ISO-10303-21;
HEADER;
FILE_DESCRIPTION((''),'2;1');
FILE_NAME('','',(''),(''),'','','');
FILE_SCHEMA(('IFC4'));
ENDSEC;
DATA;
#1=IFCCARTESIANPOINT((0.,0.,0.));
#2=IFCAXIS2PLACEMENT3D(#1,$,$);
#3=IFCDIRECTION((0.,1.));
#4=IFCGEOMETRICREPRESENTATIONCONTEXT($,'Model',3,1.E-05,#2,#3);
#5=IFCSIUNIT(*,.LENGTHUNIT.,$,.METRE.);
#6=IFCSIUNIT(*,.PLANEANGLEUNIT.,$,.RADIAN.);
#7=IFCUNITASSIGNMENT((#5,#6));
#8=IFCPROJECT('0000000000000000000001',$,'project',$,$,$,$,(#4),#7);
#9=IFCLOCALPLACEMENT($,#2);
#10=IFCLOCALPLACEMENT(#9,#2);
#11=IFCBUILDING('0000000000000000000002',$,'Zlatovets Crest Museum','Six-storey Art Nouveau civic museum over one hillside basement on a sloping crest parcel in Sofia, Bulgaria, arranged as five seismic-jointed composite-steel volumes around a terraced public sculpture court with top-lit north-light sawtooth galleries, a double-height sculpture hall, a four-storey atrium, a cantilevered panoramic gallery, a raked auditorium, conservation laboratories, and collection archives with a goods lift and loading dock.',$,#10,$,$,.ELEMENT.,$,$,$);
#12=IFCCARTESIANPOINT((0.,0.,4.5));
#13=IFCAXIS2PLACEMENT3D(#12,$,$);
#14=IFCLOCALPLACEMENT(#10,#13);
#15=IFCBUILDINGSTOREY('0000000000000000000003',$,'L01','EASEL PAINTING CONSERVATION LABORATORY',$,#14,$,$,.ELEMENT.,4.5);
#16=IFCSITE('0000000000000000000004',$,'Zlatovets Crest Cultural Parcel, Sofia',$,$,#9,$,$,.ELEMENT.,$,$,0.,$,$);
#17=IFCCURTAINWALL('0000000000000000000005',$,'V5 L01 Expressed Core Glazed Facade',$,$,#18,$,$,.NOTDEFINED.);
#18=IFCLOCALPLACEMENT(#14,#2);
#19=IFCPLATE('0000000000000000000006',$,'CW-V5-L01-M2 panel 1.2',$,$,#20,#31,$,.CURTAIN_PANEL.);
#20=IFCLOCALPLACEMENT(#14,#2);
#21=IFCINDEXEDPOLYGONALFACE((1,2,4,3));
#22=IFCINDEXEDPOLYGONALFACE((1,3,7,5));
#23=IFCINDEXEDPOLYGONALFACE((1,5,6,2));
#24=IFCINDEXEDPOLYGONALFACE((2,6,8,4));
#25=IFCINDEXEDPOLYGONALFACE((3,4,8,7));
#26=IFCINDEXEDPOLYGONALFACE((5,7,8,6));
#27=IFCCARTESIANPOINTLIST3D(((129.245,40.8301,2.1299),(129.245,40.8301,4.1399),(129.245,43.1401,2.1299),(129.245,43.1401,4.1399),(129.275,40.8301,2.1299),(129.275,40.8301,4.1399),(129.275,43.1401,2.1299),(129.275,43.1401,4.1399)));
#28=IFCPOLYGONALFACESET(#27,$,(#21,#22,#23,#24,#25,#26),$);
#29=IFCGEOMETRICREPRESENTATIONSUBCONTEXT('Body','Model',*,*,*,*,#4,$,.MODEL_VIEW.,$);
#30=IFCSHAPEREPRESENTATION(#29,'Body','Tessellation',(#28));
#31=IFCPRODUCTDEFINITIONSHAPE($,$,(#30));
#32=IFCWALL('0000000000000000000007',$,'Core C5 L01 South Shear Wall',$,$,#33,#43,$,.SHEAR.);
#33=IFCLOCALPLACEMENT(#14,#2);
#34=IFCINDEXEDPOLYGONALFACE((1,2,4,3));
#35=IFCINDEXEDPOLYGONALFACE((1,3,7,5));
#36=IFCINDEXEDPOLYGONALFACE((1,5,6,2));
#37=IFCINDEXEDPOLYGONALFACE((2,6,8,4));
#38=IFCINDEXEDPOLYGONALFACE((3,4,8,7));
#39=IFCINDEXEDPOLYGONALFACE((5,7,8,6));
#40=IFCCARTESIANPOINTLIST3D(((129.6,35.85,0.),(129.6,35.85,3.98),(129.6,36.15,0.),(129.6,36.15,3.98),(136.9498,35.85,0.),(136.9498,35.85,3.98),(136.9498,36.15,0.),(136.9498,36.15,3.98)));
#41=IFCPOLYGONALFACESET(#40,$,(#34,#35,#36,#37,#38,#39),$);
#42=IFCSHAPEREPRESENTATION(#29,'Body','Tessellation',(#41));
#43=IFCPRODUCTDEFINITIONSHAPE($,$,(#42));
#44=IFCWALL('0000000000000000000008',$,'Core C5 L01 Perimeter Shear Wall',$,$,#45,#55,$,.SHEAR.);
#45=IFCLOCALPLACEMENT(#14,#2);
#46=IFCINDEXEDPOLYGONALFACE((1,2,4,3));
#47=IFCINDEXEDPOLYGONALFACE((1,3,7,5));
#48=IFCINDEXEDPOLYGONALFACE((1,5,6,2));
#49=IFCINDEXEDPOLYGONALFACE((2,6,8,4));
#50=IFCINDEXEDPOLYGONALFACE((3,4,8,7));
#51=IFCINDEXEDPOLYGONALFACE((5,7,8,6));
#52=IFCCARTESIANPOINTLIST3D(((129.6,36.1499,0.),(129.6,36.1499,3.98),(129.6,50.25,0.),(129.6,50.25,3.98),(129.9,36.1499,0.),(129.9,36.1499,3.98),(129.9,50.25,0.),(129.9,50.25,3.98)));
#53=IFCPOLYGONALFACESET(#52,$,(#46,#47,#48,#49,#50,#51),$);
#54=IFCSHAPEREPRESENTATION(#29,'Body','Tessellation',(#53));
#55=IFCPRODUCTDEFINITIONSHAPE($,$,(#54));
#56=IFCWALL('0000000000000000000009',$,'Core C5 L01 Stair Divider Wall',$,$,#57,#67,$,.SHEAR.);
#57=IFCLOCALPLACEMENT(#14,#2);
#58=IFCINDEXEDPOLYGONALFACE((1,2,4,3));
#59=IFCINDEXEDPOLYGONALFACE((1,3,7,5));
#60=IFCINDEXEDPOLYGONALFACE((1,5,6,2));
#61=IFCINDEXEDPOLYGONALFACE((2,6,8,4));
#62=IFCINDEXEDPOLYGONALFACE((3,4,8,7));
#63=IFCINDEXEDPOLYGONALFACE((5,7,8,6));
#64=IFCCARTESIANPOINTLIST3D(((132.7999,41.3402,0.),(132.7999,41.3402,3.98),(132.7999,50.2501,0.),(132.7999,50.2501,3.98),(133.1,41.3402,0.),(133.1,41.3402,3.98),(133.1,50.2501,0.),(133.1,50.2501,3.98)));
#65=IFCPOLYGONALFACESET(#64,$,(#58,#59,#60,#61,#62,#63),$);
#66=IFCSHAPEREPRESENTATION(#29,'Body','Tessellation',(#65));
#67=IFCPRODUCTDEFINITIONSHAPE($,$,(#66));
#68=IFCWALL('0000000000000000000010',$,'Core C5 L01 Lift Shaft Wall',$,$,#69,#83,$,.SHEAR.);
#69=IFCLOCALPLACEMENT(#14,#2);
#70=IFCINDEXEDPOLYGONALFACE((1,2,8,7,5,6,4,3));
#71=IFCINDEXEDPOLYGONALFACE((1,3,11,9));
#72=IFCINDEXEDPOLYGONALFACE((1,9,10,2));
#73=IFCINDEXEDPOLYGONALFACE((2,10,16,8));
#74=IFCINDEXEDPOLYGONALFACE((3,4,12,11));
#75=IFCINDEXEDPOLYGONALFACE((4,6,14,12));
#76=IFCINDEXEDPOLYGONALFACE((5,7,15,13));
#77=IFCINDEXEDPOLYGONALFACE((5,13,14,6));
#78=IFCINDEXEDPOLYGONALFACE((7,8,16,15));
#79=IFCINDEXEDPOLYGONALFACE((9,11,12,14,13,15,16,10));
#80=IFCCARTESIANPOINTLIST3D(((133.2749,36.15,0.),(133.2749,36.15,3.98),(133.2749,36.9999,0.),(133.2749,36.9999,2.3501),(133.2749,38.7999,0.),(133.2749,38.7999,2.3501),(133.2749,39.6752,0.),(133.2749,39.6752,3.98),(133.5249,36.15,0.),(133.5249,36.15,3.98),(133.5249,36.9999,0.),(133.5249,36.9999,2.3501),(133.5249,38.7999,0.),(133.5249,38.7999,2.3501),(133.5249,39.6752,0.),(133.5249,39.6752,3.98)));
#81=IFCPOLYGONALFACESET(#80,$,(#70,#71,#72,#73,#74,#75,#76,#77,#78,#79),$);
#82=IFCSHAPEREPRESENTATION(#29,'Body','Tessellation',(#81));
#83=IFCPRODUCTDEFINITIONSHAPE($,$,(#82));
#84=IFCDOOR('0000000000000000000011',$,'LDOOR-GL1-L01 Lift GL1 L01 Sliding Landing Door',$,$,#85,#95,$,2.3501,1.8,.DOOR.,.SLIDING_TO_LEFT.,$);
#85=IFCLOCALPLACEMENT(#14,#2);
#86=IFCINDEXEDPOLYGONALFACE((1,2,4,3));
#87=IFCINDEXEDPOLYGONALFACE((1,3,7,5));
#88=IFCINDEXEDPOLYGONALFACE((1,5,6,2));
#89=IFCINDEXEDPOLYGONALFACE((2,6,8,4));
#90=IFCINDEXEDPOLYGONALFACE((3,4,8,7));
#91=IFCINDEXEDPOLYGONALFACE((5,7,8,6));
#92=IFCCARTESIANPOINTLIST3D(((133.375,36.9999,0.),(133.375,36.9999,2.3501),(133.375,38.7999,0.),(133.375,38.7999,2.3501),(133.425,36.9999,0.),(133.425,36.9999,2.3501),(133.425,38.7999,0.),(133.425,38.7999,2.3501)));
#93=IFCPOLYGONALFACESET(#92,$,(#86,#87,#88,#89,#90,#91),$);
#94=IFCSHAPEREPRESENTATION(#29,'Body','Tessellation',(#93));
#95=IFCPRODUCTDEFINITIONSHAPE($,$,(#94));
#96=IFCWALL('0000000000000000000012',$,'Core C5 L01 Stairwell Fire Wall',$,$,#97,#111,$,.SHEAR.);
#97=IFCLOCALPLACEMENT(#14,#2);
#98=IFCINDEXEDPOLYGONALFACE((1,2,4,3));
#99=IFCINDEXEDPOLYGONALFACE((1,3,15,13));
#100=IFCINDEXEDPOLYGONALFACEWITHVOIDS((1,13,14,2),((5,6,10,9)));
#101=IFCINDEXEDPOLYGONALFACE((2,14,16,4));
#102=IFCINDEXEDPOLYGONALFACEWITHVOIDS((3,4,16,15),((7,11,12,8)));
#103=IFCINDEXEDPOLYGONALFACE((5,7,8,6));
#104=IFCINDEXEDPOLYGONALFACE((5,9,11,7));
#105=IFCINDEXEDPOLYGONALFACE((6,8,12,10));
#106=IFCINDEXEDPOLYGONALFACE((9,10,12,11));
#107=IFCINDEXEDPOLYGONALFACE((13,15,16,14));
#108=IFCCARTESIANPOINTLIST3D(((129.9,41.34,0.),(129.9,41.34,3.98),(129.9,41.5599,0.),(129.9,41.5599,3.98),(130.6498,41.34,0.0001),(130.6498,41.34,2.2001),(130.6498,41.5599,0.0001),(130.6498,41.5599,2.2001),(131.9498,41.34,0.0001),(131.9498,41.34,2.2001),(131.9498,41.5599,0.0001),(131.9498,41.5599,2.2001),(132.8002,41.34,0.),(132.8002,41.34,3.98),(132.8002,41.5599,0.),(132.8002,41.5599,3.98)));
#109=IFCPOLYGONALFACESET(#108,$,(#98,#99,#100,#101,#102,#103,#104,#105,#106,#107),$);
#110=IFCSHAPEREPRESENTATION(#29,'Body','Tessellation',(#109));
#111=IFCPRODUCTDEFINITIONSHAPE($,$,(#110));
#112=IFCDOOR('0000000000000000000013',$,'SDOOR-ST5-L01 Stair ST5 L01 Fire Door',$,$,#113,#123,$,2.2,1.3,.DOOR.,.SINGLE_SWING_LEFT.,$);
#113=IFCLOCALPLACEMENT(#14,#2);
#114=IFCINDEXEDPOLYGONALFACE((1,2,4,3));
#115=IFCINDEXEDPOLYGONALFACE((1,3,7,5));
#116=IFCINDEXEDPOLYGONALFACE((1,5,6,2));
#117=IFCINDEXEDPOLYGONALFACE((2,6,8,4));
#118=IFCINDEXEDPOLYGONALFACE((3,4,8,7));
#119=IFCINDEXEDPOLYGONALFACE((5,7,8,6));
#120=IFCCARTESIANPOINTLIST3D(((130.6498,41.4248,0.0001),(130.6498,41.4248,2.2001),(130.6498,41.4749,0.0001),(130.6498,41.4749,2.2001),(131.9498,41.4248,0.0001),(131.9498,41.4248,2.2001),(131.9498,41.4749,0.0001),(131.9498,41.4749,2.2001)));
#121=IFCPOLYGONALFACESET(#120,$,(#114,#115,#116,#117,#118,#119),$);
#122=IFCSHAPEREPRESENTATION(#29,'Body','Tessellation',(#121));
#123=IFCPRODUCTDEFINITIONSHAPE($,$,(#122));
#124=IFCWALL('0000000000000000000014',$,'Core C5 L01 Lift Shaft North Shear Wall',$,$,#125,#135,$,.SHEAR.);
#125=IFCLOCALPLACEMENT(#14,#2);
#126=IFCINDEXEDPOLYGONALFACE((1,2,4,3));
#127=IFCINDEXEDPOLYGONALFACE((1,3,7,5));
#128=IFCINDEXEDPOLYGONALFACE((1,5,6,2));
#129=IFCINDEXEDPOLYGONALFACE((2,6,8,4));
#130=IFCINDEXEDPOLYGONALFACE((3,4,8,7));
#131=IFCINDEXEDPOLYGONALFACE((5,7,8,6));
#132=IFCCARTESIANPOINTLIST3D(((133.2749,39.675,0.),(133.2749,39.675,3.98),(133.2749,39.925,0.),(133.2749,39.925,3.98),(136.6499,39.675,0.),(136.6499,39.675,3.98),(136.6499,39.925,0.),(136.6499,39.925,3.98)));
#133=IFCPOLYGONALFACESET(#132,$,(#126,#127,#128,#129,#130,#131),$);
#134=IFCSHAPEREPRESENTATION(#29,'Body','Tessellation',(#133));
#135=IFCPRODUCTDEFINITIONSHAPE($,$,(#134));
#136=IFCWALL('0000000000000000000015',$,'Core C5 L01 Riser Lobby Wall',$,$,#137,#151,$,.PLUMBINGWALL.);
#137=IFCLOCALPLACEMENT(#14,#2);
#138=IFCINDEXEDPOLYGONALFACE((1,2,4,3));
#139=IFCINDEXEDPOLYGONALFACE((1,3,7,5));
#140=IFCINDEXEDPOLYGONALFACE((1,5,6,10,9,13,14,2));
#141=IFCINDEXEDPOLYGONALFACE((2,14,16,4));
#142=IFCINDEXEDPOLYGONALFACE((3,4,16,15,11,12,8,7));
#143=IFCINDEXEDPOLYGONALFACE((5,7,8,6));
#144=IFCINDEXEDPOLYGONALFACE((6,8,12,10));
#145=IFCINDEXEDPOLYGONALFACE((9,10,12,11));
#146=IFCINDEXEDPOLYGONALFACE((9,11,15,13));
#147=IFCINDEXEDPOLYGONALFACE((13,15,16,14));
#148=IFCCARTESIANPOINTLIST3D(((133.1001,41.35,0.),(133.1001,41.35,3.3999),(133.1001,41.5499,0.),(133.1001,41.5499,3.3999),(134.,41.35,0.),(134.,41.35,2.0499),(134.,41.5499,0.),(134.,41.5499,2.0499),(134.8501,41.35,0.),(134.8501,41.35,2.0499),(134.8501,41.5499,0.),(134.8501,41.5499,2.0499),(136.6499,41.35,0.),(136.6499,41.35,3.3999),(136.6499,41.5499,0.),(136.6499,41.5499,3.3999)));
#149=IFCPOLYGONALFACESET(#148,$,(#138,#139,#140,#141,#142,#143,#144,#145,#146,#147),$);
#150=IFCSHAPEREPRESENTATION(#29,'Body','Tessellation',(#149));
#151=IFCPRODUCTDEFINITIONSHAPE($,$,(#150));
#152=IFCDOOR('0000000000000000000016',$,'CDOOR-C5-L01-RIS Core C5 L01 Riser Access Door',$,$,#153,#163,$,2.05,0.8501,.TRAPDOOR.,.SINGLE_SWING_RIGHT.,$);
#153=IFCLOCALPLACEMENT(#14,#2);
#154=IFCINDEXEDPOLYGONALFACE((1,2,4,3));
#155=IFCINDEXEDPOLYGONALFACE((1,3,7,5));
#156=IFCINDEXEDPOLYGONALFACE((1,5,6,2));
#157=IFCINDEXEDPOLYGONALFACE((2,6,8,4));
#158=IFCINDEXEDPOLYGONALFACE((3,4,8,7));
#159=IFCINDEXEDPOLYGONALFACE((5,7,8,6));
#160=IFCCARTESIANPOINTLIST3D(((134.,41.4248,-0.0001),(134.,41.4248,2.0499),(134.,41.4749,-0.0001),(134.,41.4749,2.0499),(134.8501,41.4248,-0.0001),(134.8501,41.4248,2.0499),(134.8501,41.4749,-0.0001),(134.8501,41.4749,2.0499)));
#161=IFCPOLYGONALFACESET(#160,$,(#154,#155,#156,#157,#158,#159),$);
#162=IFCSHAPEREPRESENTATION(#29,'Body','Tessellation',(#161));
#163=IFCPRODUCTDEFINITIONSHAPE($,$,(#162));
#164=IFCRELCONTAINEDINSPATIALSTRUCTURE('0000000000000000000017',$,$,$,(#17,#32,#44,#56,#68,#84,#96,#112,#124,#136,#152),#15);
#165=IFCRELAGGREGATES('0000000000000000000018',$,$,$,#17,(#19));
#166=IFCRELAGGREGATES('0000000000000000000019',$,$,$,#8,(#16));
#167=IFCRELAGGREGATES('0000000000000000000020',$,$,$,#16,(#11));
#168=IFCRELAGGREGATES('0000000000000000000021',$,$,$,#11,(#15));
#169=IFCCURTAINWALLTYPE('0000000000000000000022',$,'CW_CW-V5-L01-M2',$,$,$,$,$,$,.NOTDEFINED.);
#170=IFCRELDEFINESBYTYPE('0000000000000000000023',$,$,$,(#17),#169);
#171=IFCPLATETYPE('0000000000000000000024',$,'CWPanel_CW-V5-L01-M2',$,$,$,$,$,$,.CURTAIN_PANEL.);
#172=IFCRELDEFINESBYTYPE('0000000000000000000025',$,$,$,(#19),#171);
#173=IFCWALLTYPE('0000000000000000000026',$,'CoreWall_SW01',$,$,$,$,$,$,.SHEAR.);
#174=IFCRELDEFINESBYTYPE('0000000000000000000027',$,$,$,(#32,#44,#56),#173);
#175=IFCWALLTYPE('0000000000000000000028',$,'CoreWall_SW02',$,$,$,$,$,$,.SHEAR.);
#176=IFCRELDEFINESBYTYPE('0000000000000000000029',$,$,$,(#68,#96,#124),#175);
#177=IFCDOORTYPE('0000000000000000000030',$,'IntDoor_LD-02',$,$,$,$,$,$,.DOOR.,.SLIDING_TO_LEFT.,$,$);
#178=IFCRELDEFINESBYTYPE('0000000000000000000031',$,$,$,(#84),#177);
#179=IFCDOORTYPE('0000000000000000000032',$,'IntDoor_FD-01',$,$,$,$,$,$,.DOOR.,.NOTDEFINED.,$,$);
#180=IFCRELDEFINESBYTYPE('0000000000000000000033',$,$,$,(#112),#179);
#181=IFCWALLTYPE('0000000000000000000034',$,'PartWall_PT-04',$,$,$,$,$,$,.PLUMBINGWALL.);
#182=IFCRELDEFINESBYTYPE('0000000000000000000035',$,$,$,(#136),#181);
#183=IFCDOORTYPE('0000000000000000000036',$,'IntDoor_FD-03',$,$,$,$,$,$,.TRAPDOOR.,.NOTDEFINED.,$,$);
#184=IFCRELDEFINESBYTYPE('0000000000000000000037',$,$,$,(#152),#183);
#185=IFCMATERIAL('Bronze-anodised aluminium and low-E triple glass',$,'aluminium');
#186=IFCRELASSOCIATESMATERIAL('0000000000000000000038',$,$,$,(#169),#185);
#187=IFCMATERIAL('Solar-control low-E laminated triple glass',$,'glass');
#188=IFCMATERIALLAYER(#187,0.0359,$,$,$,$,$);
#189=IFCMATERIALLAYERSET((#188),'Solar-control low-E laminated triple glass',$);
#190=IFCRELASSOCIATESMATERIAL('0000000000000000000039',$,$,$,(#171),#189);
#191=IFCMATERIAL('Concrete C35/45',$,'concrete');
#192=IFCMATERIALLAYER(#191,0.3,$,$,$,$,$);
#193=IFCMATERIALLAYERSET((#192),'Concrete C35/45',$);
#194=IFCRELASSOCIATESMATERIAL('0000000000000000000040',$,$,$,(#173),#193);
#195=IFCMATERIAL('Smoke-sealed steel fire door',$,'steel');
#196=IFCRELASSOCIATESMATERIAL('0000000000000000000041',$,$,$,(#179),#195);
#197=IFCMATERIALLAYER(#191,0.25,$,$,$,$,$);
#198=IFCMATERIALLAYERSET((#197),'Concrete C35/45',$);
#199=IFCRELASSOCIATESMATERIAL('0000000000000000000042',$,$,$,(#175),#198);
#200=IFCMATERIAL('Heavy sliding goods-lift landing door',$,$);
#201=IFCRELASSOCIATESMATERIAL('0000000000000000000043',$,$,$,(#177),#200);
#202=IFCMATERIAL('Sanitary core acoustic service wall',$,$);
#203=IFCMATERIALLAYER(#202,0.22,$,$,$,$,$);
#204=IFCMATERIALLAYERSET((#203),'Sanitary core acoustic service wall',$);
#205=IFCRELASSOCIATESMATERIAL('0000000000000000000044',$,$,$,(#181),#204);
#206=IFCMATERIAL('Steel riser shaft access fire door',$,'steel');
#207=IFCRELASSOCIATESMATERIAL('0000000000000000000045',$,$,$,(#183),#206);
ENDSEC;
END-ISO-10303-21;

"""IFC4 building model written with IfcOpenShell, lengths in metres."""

from ifc_helpers import new_model, si_unit, direction, frame, frame_2d, origin, origin_2d, place, context, subcontext, project, spatial, rectangle, extrude, material, layer, layer_set, type_object, element, fill, aggregate, save


model = new_model("IFC4")

# Units and contexts
model_context = context("Model", 3, precision=1e-05, world=origin(), true_north=direction((0.0, 1.0)))
body_context = subcontext(model_context, "Body", "Model", "MODEL_VIEW")
ifc_project = project(units=[si_unit("LENGTHUNIT", "METRE"), si_unit("PLANEANGLEUNIT", "RADIAN")], contexts=[model_context])

# Site, building, storey
site_placement = place(None, origin())
site = spatial("IfcSite", under=ifc_project, at=site_placement, Name="Zlatovets Crest Cultural Parcel, Sofia", CompositionType="ELEMENT", RefElevation=0.0)
building_placement = place(site_placement, origin())
building = spatial("IfcBuilding", under=site, at=building_placement, Name="Zlatovets Crest Museum", Description="Six-storey Art Nouveau civic museum over one hillside basement on a sloping crest parcel in Sofia, Bulgaria, arranged as five seismic-jointed composite-steel volumes around a terraced public sculpture court with top-lit north-light sawtooth galleries, a double-height sculpture hall, a four-storey atrium, a cantilevered panoramic gallery, a raked auditorium, conservation laboratories, and collection archives with a goods lift and loading dock.", CompositionType="ELEMENT")
storey_placement = place(building_placement, frame((0.0, 0.0, 4.5)))
storey = spatial("IfcBuildingStorey", under=building, at=storey_placement, Name="L01", Description="EASEL PAINTING CONSERVATION LABORATORY", CompositionType="ELEMENT", Elevation=4.5)

# Curtain wall, plate
ifc_material_1 = material(Name="Bronze-anodised aluminium and low-E triple glass", Category="aluminium")
curtain_wall_type = type_object("IfcCurtainWallType", Name="CW_CW-V5-L01-M2", PredefinedType="NOTDEFINED", material=ifc_material_1)
curtain_wall_placement = place(storey_placement, origin())
curtain_wall = element("IfcCurtainWall", 1, at=curtain_wall_placement, inside=storey, type_object=curtain_wall_type, Name="V5 L01 Expressed Core Glazed Facade", PredefinedType="NOTDEFINED")
ifc_material_2 = material(Name="Solar-control low-E laminated triple glass", Category="glass")
ifc_layer_1 = layer(ifc_material_2, 0.0359)
ifc_layer_set_1 = layer_set([ifc_layer_1], Name="Solar-control low-E laminated triple glass")
plate_type = type_object("IfcPlateType", Name="CWPanel_CW-V5-L01-M2", PredefinedType="CURTAIN_PANEL", material=ifc_layer_set_1)
plate_placement = place(storey_placement, frame((129.26, 41.9851, 2.1299), z_axis=(0.0, 0.0, 1.0), x_axis=(0.0, -1.0, 0.0)))
plate = element("IfcPlate", 2, at=plate_placement, type_object=plate_type, Name="CW-V5-L01-M2 panel 1.2", PredefinedType="CURTAIN_PANEL", context=body_context, shape_type="SweptSolid", body=[
    extrude(rectangle(XDim=2.3101, YDim=0.03, at=origin_2d()), origin(), (0.0, 0.0, 1.0), 2.01),
])
aggregate(curtain_wall, [plate])

# Walls
ifc_material_3 = material(Name="Concrete C35/45", Category="concrete")
ifc_layer_2 = layer(ifc_material_3, 0.3)
ifc_layer_set_2 = layer_set([ifc_layer_2], Name="Concrete C35/45")
wall_type_1 = type_object("IfcWallType", Name="CoreWall_SW01", PredefinedType="SHEAR", material=ifc_layer_set_2)
wall_1_placement = place(storey_placement, frame((129.6001, 36.0, 0.0), z_axis=(0.0, 0.0, 1.0), x_axis=(1.0, 0.0, 0.0)))
element("IfcWall", 3, at=wall_1_placement, inside=storey, type_object=wall_type_1, Name="Core C5 L01 South Shear Wall", PredefinedType="SHEAR", context=body_context, shape_type="SweptSolid", body=[
    extrude(rectangle(XDim=7.3499, YDim=0.3, at=frame_2d((3.6748, 0.0))), origin(), (0.0, 0.0, 1.0), 3.98),
])
wall_2_placement = place(storey_placement, frame((129.75, 36.1499, 0.0), z_axis=(0.0, 0.0, 1.0), x_axis=(0.0, 1.0, 0.0)))
element("IfcWall", 4, at=wall_2_placement, inside=storey, type_object=wall_type_1, Name="Core C5 L01 Perimeter Shear Wall", PredefinedType="SHEAR", context=body_context, shape_type="SweptSolid", body=[
    extrude(rectangle(XDim=14.1001, YDim=0.3, at=frame_2d((7.05, 0.0))), origin(), (0.0, 0.0, 1.0), 3.98),
])

# Shared definitions
ifc_material_4 = material(Name="Smoke-sealed steel fire door", Category="steel")
door_type_1 = type_object("IfcDoorType", Name="IntDoor_FD-01", OperationType="NOTDEFINED", PredefinedType="DOOR", material=ifc_material_4)

# Wall
wall_3_placement = place(storey_placement, frame((132.95, 41.3401, 0.0), z_axis=(0.0, 0.0, 1.0), x_axis=(0.0, 1.0, 0.0)))
element("IfcWall", 5, at=wall_3_placement, inside=storey, type_object=wall_type_1, Name="Core C5 L01 Stair Divider Wall", PredefinedType="SHEAR", context=body_context, shape_type="SweptSolid", body=[
    extrude(rectangle(XDim=8.9099, YDim=0.3, at=frame_2d((4.4551, 0.0))), origin(), (0.0, 0.0, 1.0), 3.98),
])

# Walls, openings, doors
ifc_layer_3 = layer(ifc_material_3, 0.25)
ifc_layer_set_3 = layer_set([ifc_layer_3], Name="Concrete C35/45")
wall_type_2 = type_object("IfcWallType", Name="CoreWall_SW02", PredefinedType="SHEAR", material=ifc_layer_set_3)
wall_4_placement = place(storey_placement, frame((133.3999, 36.1499, 0.0), z_axis=(0.0, 0.0, 1.0), x_axis=(0.0, 1.0, 0.0)))
wall_4 = element("IfcWall", 6, at=wall_4_placement, inside=storey, type_object=wall_type_2, Name="Core C5 L01 Lift Shaft Wall", PredefinedType="SHEAR", context=body_context, shape_type="SweptSolid", body=[
    extrude(rectangle(XDim=3.5251, YDim=0.25, at=frame_2d((1.7627, 0.0))), origin(), (0.0, 0.0, 1.0), 3.98),
])
opening_1_placement = place(wall_4_placement, frame((0.8501, 0.0, 0.0)))
opening_1 = element("IfcOpeningElement", 7, at=opening_1_placement, cuts=wall_4, PredefinedType="OPENING", context=body_context, shape_type="SweptSolid", body=[
    extrude(rectangle(XDim=1.8, YDim=2.3501, at=frame_2d((0.8999, 1.175))), frame((0.0, 0.135, 0.0), z_axis=(0.0, -1.0, 0.0), x_axis=(1.0, 0.0, 0.0)), (0.0, 0.0, 1.0), 0.27),
])
ifc_material_5 = material(Name="Heavy sliding goods-lift landing door")
door_type_2 = type_object("IfcDoorType", Name="IntDoor_LD-02", OperationType="SLIDING_TO_LEFT", PredefinedType="DOOR", material=ifc_material_5)
door_1_placement = place(opening_1_placement, origin())
door_1 = element("IfcDoor", 8, at=door_1_placement, inside=storey, type_object=door_type_2, Name="LDOOR-GL1-L01 Lift GL1 L01 Sliding Landing Door", OperationType="SLIDING_TO_LEFT", OverallHeight=2.3501, OverallWidth=1.8, PredefinedType="DOOR", context=body_context, shape_type="SweptSolid", body=[
    extrude(rectangle(XDim=1.8, YDim=2.3501, at=frame_2d((0.8999, 1.175))), frame((0.0, 0.0249, 0.0), z_axis=(0.0, -1.0, 0.0), x_axis=(1.0, 0.0, 0.0)), (0.0, 0.0, 1.0), 0.05),
])
fill(opening_1, door_1)
wall_5_placement = place(storey_placement, frame((129.8999, 41.45, 0.0), z_axis=(0.0, 0.0, 1.0), x_axis=(1.0, 0.0, 0.0)))
wall_5 = element("IfcWall", 9, at=wall_5_placement, inside=storey, type_object=wall_type_2, Name="Core C5 L01 Stairwell Fire Wall", PredefinedType="SHEAR", context=body_context, shape_type="SweptSolid", body=[
    extrude(rectangle(XDim=2.9001, YDim=0.22, at=frame_2d((1.4502, 0.0))), origin(), (0.0, 0.0, 1.0), 3.98),
])
opening_2_placement = place(wall_5_placement, frame((0.75, 0.0, 0.0)))
opening_2 = element("IfcOpeningElement", 10, at=opening_2_placement, cuts=wall_5, PredefinedType="OPENING", context=body_context, shape_type="SweptSolid", body=[
    extrude(rectangle(XDim=1.3, YDim=2.2, at=frame_2d((0.6499, 1.1001))), frame((0.0, 0.1201, 0.0), z_axis=(0.0, -1.0, 0.0), x_axis=(1.0, 0.0, 0.0)), (0.0, 0.0, 1.0), 0.24),
])
door_2_placement = place(opening_2_placement, origin())
door_2 = element("IfcDoor", 11, at=door_2_placement, inside=storey, type_object=door_type_1, Name="SDOOR-ST5-L01 Stair ST5 L01 Fire Door", OperationType="SINGLE_SWING_LEFT", OverallHeight=2.2, OverallWidth=1.3, PredefinedType="DOOR", context=body_context, shape_type="SweptSolid", body=[
    extrude(rectangle(XDim=1.3, YDim=2.2, at=frame_2d((0.6499, 1.1001))), frame((0.0, 0.0249, 0.0), z_axis=(0.0, -1.0, 0.0), x_axis=(1.0, 0.0, 0.0)), (0.0, 0.0, 1.0), 0.05),
])
fill(opening_2, door_2)

# Wall
wall_6_placement = place(storey_placement, frame((133.2749, 39.8, 0.0), z_axis=(0.0, 0.0, 1.0), x_axis=(1.0, 0.0, 0.0)))
element("IfcWall", 12, at=wall_6_placement, inside=storey, type_object=wall_type_2, Name="Core C5 L01 Lift Shaft North Shear Wall", PredefinedType="SHEAR", context=body_context, shape_type="SweptSolid", body=[
    extrude(rectangle(XDim=3.375, YDim=0.25, at=frame_2d((1.6875, 0.0))), origin(), (0.0, 0.0, 1.0), 3.98),
])

# Wall, opening, door
ifc_material_6 = material(Name="Sanitary core acoustic service wall")
ifc_layer_4 = layer(ifc_material_6, 0.22)
ifc_layer_set_4 = layer_set([ifc_layer_4], Name="Sanitary core acoustic service wall")
wall_type_3 = type_object("IfcWallType", Name="PartWall_PT-04", PredefinedType="PLUMBINGWALL", material=ifc_layer_set_4)
wall_7_placement = place(storey_placement, frame((133.1001, 41.45, 0.0), z_axis=(0.0, 0.0, 1.0), x_axis=(1.0, 0.0, 0.0)))
wall_7 = element("IfcWall", 13, at=wall_7_placement, inside=storey, type_object=wall_type_3, Name="Core C5 L01 Riser Lobby Wall", PredefinedType="PLUMBINGWALL", context=body_context, shape_type="SweptSolid", body=[
    extrude(rectangle(XDim=3.5498, YDim=0.2, at=frame_2d((1.7749, 0.0))), origin(), (0.0, 0.0, 1.0), 3.3999),
])
opening_3_placement = place(wall_7_placement, frame((0.8999, 0.0, 0.0)))
opening_3 = element("IfcOpeningElement", 14, at=opening_3_placement, cuts=wall_7, PredefinedType="OPENING", context=body_context, shape_type="SweptSolid", body=[
    extrude(rectangle(XDim=0.8501, YDim=2.05, at=frame_2d((0.425, 1.0249))), frame((0.0, 0.1099, 0.0), z_axis=(0.0, -1.0, 0.0), x_axis=(1.0, 0.0, 0.0)), (0.0, 0.0, 1.0), 0.22),
])
ifc_material_7 = material(Name="Steel riser shaft access fire door", Category="steel")
door_type_3 = type_object("IfcDoorType", Name="IntDoor_FD-03", OperationType="NOTDEFINED", PredefinedType="TRAPDOOR", material=ifc_material_7)
door_3_placement = place(opening_3_placement, origin())
door_3 = element("IfcDoor", 15, at=door_3_placement, inside=storey, type_object=door_type_3, Name="CDOOR-C5-L01-RIS Core C5 L01 Riser Access Door", OperationType="SINGLE_SWING_RIGHT", OverallHeight=2.05, OverallWidth=0.8501, PredefinedType="TRAPDOOR", context=body_context, shape_type="SweptSolid", body=[
    extrude(rectangle(XDim=0.8501, YDim=2.05, at=frame_2d((0.425, 1.0249))), frame((0.0, 0.0249, 0.0), z_axis=(0.0, -1.0, 0.0), x_axis=(1.0, 0.0, 0.0)), (0.0, 0.0, 1.0), 0.05),
])
fill(opening_3, door_3)

save(model, "model.ifc")
